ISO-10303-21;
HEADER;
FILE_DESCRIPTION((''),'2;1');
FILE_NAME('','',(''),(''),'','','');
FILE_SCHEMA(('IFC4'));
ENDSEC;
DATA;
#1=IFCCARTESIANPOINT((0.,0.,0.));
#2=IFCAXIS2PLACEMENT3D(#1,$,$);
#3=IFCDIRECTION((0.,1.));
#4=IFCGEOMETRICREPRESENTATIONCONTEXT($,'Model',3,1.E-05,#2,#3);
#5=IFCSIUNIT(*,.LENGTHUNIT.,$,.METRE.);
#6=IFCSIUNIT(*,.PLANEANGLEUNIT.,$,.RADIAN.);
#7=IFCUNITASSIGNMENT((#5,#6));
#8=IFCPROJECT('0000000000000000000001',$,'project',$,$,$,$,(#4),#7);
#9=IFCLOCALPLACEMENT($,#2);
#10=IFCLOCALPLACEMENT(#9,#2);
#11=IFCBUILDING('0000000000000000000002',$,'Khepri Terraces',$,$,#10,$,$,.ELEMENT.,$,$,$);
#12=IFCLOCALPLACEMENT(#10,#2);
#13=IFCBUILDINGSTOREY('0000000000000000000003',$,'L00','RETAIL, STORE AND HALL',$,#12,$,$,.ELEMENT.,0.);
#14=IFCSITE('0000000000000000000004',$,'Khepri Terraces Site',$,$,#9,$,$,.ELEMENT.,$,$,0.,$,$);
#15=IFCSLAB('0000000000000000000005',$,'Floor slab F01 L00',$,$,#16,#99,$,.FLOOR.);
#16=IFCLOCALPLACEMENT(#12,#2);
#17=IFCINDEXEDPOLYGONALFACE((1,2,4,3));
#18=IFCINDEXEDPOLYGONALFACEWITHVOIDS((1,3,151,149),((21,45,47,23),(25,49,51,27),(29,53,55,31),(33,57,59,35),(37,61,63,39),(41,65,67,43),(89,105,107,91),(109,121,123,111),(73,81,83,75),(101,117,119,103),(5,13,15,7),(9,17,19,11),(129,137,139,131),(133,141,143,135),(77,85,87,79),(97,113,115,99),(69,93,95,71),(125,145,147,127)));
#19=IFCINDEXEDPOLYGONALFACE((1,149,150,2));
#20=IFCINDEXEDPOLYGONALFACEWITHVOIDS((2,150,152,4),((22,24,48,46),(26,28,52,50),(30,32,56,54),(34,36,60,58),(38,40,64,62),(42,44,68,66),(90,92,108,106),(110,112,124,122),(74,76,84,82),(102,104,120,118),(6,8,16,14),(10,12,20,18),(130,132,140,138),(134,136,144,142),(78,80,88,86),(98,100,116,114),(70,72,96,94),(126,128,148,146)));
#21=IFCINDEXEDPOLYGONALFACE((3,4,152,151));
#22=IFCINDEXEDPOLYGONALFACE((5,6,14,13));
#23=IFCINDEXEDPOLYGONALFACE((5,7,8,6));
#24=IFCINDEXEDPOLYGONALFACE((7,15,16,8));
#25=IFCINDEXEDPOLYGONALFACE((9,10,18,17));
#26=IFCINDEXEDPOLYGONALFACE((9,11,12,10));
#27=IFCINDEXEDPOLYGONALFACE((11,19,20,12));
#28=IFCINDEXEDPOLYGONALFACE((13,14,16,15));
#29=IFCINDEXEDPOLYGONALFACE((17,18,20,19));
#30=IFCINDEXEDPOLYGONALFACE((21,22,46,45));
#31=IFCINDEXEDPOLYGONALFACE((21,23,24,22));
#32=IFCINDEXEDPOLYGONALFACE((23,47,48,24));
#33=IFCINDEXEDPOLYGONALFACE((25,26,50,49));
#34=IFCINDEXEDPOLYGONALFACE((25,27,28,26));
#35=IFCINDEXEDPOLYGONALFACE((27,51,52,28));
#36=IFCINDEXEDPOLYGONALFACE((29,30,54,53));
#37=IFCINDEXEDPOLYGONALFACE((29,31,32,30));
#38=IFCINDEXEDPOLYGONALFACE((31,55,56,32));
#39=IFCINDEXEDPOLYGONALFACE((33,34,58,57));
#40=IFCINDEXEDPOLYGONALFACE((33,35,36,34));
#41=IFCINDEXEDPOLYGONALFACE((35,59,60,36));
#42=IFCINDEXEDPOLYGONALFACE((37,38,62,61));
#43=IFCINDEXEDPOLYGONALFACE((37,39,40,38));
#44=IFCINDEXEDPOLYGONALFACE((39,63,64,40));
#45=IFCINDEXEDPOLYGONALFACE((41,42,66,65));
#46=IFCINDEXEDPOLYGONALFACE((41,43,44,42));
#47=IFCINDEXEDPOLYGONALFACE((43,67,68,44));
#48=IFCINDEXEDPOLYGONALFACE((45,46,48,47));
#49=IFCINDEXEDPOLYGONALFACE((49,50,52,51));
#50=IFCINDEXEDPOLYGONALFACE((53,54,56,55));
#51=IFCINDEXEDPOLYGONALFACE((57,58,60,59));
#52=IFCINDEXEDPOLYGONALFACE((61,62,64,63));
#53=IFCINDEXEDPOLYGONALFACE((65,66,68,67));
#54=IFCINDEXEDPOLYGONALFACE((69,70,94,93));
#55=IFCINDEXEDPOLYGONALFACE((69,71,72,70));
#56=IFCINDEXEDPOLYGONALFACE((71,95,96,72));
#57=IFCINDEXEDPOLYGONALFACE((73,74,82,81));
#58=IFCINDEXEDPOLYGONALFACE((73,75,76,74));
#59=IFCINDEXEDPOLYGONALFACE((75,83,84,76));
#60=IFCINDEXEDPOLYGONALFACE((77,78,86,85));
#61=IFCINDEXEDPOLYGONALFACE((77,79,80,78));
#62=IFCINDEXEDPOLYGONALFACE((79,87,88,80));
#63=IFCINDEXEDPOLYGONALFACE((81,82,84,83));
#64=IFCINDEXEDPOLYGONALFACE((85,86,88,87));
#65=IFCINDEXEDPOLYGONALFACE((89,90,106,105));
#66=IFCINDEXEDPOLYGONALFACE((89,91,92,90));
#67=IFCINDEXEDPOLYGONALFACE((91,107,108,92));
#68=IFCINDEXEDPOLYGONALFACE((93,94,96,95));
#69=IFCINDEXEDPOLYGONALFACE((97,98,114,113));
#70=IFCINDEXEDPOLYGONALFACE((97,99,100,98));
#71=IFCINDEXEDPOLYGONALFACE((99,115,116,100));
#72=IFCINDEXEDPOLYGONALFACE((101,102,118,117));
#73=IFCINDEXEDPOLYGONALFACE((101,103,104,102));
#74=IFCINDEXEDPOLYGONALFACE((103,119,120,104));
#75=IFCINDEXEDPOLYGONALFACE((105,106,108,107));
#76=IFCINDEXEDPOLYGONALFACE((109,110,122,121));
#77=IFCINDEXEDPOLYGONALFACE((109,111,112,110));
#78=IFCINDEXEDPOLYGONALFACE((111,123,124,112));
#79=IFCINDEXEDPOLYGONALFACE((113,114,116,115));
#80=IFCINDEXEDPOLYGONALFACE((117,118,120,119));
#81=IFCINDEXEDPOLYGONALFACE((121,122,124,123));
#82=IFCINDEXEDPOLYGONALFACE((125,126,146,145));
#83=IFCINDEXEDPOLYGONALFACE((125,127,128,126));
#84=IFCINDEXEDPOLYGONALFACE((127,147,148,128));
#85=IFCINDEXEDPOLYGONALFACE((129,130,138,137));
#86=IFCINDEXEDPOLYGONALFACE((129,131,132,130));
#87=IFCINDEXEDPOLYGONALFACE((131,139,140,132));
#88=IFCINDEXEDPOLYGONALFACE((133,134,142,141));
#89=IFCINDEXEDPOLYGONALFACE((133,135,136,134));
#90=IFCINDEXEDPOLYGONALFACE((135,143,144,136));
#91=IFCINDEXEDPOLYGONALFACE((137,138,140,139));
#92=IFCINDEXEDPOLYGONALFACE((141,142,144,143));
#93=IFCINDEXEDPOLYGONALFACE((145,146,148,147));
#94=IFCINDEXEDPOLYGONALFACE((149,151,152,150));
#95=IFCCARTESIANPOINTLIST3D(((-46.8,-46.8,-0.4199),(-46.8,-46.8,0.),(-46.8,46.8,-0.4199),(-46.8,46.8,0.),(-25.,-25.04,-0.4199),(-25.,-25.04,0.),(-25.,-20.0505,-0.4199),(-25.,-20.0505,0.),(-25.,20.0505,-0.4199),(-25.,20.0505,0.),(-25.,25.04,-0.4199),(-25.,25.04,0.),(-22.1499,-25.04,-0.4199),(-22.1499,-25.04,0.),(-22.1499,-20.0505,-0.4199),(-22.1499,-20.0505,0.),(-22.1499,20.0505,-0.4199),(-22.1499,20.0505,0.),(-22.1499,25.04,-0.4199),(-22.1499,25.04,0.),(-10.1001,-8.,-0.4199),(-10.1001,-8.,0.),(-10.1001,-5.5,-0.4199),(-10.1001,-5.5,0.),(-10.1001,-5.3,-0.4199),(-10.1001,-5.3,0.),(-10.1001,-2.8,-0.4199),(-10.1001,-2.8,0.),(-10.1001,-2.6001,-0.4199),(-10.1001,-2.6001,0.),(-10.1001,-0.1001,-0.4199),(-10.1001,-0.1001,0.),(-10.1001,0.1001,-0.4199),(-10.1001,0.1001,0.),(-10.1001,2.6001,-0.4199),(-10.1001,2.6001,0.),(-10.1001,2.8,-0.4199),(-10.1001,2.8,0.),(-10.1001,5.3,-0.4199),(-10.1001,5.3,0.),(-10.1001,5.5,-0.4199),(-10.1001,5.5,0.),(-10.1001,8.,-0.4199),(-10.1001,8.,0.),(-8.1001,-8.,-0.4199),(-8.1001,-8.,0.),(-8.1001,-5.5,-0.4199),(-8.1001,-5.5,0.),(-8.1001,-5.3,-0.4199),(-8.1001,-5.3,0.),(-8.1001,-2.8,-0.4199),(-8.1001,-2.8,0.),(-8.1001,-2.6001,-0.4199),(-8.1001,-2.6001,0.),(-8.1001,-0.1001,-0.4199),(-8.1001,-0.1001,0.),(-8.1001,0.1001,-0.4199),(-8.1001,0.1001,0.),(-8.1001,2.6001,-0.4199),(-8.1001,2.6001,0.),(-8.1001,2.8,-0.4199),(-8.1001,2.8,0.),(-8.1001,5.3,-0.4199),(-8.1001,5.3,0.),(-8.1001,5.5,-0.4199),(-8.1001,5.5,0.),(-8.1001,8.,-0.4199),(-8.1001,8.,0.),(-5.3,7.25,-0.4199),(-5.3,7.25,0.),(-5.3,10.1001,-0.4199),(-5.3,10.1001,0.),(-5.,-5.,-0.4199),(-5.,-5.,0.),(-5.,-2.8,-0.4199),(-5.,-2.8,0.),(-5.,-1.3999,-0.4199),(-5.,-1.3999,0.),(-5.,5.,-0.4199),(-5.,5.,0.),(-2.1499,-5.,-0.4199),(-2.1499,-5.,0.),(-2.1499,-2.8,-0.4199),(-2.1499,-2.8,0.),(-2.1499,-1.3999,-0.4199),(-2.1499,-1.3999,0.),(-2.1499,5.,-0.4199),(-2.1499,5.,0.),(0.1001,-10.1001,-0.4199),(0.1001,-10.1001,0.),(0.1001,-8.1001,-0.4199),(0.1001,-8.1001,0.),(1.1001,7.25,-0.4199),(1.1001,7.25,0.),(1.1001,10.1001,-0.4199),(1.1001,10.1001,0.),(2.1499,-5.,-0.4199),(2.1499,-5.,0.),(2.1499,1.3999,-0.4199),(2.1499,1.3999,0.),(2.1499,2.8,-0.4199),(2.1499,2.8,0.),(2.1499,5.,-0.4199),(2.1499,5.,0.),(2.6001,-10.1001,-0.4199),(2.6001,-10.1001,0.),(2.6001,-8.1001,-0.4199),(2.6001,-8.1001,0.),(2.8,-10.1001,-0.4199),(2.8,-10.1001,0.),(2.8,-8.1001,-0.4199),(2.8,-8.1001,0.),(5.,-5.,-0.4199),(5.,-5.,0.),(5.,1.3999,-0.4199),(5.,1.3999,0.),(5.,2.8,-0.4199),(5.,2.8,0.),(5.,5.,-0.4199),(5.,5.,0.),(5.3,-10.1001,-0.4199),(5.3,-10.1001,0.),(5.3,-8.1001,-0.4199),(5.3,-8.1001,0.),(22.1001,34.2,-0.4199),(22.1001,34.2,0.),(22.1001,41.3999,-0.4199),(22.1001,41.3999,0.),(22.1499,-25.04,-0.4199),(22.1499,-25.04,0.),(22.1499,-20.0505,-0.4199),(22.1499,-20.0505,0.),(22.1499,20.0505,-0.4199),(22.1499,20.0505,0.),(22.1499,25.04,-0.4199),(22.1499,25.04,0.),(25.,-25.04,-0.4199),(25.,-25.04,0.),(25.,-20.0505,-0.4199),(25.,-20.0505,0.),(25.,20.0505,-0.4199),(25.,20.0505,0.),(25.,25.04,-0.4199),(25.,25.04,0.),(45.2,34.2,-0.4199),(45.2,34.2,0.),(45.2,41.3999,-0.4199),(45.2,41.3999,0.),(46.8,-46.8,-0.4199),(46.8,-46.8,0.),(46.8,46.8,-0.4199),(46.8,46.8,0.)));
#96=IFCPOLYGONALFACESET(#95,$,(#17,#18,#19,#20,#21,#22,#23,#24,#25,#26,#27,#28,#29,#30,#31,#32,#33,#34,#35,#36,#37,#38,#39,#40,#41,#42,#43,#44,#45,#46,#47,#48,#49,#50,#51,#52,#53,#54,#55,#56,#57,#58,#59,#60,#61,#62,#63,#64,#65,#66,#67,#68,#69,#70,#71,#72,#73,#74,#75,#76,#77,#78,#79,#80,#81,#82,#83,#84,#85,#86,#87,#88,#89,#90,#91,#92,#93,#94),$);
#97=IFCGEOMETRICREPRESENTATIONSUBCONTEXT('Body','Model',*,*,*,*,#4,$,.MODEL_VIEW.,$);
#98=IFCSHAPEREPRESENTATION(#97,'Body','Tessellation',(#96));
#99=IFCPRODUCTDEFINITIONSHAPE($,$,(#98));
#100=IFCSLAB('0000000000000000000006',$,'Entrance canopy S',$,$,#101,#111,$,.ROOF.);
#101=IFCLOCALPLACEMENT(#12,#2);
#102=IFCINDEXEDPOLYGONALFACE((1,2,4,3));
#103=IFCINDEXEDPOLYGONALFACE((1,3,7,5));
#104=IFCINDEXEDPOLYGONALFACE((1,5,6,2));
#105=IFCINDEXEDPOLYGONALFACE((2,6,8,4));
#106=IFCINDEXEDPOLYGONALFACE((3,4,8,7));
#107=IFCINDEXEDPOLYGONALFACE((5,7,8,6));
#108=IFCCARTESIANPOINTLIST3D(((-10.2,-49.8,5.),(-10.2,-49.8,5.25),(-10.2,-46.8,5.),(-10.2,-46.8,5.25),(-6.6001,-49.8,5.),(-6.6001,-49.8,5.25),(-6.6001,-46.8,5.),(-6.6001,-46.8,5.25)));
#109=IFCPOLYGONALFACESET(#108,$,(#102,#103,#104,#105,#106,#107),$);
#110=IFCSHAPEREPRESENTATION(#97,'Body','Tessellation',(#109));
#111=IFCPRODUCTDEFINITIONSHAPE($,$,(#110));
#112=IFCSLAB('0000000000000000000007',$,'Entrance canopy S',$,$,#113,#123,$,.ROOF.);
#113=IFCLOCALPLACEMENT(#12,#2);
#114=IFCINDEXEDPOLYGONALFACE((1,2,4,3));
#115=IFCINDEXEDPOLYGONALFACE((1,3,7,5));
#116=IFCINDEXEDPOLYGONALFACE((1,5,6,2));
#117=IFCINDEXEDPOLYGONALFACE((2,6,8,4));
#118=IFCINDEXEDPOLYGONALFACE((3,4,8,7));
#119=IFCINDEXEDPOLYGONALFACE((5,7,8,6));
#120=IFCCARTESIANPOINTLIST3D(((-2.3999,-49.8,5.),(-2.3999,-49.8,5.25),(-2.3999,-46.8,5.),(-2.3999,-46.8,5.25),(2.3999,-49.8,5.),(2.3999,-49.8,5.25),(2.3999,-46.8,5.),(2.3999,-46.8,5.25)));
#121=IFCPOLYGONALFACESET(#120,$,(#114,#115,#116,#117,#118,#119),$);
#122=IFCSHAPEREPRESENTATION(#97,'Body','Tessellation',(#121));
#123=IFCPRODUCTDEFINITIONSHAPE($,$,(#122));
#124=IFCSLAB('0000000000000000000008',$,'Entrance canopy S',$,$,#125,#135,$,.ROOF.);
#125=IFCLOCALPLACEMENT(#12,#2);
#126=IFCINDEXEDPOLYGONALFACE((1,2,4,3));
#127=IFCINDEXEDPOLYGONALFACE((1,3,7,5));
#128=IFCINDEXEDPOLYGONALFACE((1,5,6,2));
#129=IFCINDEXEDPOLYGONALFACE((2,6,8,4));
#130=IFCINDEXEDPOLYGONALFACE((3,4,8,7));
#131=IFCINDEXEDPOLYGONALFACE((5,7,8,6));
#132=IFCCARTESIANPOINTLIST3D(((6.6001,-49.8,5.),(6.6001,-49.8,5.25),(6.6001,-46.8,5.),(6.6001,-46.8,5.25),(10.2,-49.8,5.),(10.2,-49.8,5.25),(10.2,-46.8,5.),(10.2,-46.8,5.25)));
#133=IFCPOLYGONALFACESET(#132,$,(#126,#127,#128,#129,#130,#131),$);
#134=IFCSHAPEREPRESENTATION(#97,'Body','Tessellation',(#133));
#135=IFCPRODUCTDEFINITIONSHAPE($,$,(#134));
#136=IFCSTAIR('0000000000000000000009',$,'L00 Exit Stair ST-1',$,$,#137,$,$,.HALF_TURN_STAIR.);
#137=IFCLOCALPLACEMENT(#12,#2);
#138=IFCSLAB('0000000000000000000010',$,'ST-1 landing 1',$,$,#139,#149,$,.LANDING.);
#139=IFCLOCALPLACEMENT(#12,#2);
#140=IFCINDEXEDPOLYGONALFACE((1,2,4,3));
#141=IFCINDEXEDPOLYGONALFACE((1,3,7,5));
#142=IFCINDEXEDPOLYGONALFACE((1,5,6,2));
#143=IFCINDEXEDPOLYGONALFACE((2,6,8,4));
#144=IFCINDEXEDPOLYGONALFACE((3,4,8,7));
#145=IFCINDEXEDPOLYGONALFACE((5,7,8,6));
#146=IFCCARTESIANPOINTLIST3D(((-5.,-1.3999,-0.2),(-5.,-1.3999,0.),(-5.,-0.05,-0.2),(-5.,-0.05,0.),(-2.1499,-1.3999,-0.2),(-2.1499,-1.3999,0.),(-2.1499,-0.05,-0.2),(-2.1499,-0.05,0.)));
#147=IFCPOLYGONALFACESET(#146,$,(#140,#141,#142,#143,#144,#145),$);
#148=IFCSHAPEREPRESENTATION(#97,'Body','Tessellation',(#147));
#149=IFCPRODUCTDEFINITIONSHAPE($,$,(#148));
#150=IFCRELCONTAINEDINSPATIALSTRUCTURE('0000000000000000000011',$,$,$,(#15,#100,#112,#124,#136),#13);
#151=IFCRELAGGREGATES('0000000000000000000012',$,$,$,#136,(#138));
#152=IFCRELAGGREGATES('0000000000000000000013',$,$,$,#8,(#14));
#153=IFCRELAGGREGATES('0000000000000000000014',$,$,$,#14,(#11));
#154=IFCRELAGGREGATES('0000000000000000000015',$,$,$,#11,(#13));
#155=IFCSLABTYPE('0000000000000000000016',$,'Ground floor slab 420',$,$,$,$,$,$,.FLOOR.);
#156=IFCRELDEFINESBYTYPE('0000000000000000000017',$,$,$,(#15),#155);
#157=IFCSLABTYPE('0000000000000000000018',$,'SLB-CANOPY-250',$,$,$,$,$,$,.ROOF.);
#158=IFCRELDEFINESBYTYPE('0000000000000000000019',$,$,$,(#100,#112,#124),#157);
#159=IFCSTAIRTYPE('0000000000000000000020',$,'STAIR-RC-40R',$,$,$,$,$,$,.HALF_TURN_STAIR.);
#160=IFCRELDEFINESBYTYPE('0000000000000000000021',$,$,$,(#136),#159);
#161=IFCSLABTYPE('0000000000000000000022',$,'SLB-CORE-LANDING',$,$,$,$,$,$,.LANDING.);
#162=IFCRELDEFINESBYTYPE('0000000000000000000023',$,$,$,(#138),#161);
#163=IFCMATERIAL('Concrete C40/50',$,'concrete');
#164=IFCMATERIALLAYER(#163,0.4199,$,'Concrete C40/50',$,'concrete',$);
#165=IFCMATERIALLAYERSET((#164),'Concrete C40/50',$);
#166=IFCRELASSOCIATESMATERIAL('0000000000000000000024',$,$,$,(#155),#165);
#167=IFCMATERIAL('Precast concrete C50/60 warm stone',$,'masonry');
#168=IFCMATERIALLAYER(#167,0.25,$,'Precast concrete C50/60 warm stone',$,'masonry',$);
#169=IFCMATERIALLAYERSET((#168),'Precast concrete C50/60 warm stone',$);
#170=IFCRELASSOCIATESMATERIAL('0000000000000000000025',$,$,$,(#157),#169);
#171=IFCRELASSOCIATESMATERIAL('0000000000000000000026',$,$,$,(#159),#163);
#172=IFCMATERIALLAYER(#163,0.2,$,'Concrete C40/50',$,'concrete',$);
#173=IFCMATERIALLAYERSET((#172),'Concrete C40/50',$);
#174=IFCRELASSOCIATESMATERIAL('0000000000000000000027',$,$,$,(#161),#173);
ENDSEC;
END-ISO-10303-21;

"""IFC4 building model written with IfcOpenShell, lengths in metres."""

from ifc_helpers import new_model, si_unit, direction, frame, origin, place, context, subcontext, project, spatial, polyline, outline, extrude, material, layer, layer_set, type_object, element, aggregate, save


model = new_model("IFC4")

# Units and contexts
model_context = context("Model", 3, precision=1e-05, world=origin(), true_north=direction((0.0, 1.0)))
body_context = subcontext(model_context, "Body", "Model", "MODEL_VIEW")
ifc_project = project(units=[si_unit("LENGTHUNIT", "METRE"), si_unit("PLANEANGLEUNIT", "RADIAN")], contexts=[model_context])

# Site, building, storey
site_placement = place(None, origin())
site = spatial("IfcSite", under=ifc_project, at=site_placement, Name="Khepri Terraces Site", CompositionType="ELEMENT", RefElevation=0.0)
building_placement = place(site_placement, origin())
building = spatial("IfcBuilding", under=site, at=building_placement, Name="Khepri Terraces", CompositionType="ELEMENT")
storey_placement = place(building_placement, origin())
storey = spatial("IfcBuildingStorey", under=building, at=storey_placement, Name="L00", Description="RETAIL, STORE AND HALL", CompositionType="ELEMENT", Elevation=0.0)

# Slabs
ifc_material_1 = material(Name="Concrete C40/50", Category="concrete")
ifc_layer_1 = layer(ifc_material_1, 0.4199, Name="Concrete C40/50", Category="concrete")
ifc_layer_set_1 = layer_set([ifc_layer_1], Name="Concrete C40/50")
slab_type_1 = type_object("IfcSlabType", Name="Ground floor slab 420", PredefinedType="FLOOR", material=ifc_layer_set_1)
slab_1_placement = place(storey_placement, frame((0.0, 0.0, -0.4199)))
element("IfcSlab", 1, at=slab_1_placement, inside=storey, type_object=slab_type_1, Name="Floor slab F01 L00", PredefinedType="FLOOR", context=body_context, shape_type="SweptSolid", body=[
    extrude(outline(polyline([(-46.8, 46.8), (46.8, 46.8), (46.8, -46.8), (-46.8, -46.8), (-46.8, 46.8)]), holes=[polyline([(2.1499, 5.0), (2.1499, 2.8), (5.0, 2.8), (5.0, 5.0), (2.1499, 5.0)]), polyline([(-2.1499, -2.8), (-5.0, -2.8), (-5.0, -5.0), (-2.1499, -5.0), (-2.1499, -2.8)]), polyline([(-8.1001, -8.0), (-8.1001, -5.5), (-10.1001, -5.5), (-10.1001, -8.0), (-8.1001, -8.0)]), polyline([(-10.1001, -5.3), (-8.1001, -5.3), (-8.1001, -2.8), (-10.1001, -2.8), (-10.1001, -5.3)]), polyline([(-10.1001, -0.1001), (-10.1001, -2.6001), (-8.1001, -2.6001), (-8.1001, -0.1001), (-10.1001, -0.1001)]), polyline([(-8.1001, 2.6001), (-10.1001, 2.6001), (-10.1001, 0.1001), (-8.1001, 0.1001), (-8.1001, 2.6001)]), polyline([(-8.1001, 2.8), (-8.1001, 5.3), (-10.1001, 5.3), (-10.1001, 2.8), (-8.1001, 2.8)]), polyline([(-10.1001, 5.5), (-8.1001, 5.5), (-8.1001, 8.0), (-10.1001, 8.0), (-10.1001, 5.5)]), polyline([(0.1001, -8.1001), (0.1001, -10.1001), (2.6001, -10.1001), (2.6001, -8.1001), (0.1001, -8.1001)]), polyline([(5.3, -8.1001), (2.8, -8.1001), (2.8, -10.1001), (5.3, -10.1001), (5.3, -8.1001)]), polyline([(-2.1499, -1.3999), (-2.1499, 5.0), (-5.0, 5.0), (-5.0, -1.3999), (-2.1499, -1.3999)]), polyline([(5.0, 1.3999), (2.1499, 1.3999), (2.1499, -5.0), (5.0, -5.0), (5.0, 1.3999)]), polyline([(-5.3, 7.25), (1.1001, 7.25), (1.1001, 10.1001), (-5.3, 10.1001), (-5.3, 7.25)]), polyline([(22.1499, 20.0505), (25.0, 20.0505), (25.0, 25.04), (22.1499, 25.04), (22.1499, 20.0505)]), polyline([(-25.0, 25.04), (-25.0, 20.0505), (-22.1499, 20.0505), (-22.1499, 25.04), (-25.0, 25.04)]), polyline([(22.1499, -25.04), (25.0, -25.04), (25.0, -20.0505), (22.1499, -20.0505), (22.1499, -25.04)]), polyline([(-25.0, -20.0505), (-25.0, -25.04), (-22.1499, -25.04), (-22.1499, -20.0505), (-25.0, -20.0505)]), polyline([(45.2, 41.3999), (22.1001, 41.3999), (22.1001, 34.2), (45.2, 34.2), (45.2, 41.3999)])]), origin(), (0.0, 0.0, 1.0), 0.4199),
])
ifc_material_2 = material(Name="Precast concrete C50/60 warm stone", Category="masonry")
ifc_layer_2 = layer(ifc_material_2, 0.25, Name="Precast concrete C50/60 warm stone", Category="masonry")
ifc_layer_set_2 = layer_set([ifc_layer_2], Name="Precast concrete C50/60 warm stone")
slab_type_2 = type_object("IfcSlabType", Name="SLB-CANOPY-250", PredefinedType="ROOF", material=ifc_layer_set_2)
slab_2_placement = place(storey_placement, frame((0.0, 0.0, 5.0)))
element("IfcSlab", 2, at=slab_2_placement, inside=storey, type_object=slab_type_2, Name="Entrance canopy S", PredefinedType="ROOF", context=body_context, shape_type="SweptSolid", body=[
    extrude(outline(polyline([(-10.2, -46.8), (-10.2, -49.8), (-6.6001, -49.8), (-6.6001, -46.8), (-10.2, -46.8)])), origin(), (0.0, 0.0, 1.0), 0.25),
])
slab_3_placement = place(storey_placement, frame((0.0, 0.0, 5.0)))
element("IfcSlab", 3, at=slab_3_placement, inside=storey, type_object=slab_type_2, Name="Entrance canopy S", PredefinedType="ROOF", context=body_context, shape_type="SweptSolid", body=[
    extrude(outline(polyline([(-2.3999, -46.8), (-2.3999, -49.8), (2.3999, -49.8), (2.3999, -46.8), (-2.3999, -46.8)])), origin(), (0.0, 0.0, 1.0), 0.25),
])
slab_4_placement = place(storey_placement, frame((0.0, 0.0, 5.0)))
element("IfcSlab", 4, at=slab_4_placement, inside=storey, type_object=slab_type_2, Name="Entrance canopy S", PredefinedType="ROOF", context=body_context, shape_type="SweptSolid", body=[
    extrude(outline(polyline([(6.6001, -46.8), (6.6001, -49.8), (10.2, -49.8), (10.2, -46.8), (6.6001, -46.8)])), origin(), (0.0, 0.0, 1.0), 0.25),
])

# Stair, slab
stair_type = type_object("IfcStairType", Name="STAIR-RC-40R", PredefinedType="HALF_TURN_STAIR", material=ifc_material_1)
stair_1_placement = place(storey_placement, origin())
stair_1 = element("IfcStair", 5, at=stair_1_placement, inside=storey, type_object=stair_type, Name="L00 Exit Stair ST-1", PredefinedType="HALF_TURN_STAIR")
ifc_layer_3 = layer(ifc_material_1, 0.2, Name="Concrete C40/50", Category="concrete")
ifc_layer_set_3 = layer_set([ifc_layer_3], Name="Concrete C40/50")
slab_type_3 = type_object("IfcSlabType", Name="SLB-CORE-LANDING", PredefinedType="LANDING", material=ifc_layer_set_3)
slab_5_placement = place(storey_placement, frame((0.0, 0.0, -0.2)))
slab_5 = element("IfcSlab", 6, at=slab_5_placement, type_object=slab_type_3, Name="ST-1 landing 1", PredefinedType="LANDING", context=body_context, shape_type="SweptSolid", body=[
    extrude(outline(polyline([(-2.1499, -1.3999), (-2.1499, -0.05), (-5.0, -0.05), (-5.0, -1.3999), (-2.1499, -1.3999)])), origin(), (0.0, 0.0, 1.0), 0.2),
])
aggregate(stair_1, [slab_5])

save(model, "model.ifc")
